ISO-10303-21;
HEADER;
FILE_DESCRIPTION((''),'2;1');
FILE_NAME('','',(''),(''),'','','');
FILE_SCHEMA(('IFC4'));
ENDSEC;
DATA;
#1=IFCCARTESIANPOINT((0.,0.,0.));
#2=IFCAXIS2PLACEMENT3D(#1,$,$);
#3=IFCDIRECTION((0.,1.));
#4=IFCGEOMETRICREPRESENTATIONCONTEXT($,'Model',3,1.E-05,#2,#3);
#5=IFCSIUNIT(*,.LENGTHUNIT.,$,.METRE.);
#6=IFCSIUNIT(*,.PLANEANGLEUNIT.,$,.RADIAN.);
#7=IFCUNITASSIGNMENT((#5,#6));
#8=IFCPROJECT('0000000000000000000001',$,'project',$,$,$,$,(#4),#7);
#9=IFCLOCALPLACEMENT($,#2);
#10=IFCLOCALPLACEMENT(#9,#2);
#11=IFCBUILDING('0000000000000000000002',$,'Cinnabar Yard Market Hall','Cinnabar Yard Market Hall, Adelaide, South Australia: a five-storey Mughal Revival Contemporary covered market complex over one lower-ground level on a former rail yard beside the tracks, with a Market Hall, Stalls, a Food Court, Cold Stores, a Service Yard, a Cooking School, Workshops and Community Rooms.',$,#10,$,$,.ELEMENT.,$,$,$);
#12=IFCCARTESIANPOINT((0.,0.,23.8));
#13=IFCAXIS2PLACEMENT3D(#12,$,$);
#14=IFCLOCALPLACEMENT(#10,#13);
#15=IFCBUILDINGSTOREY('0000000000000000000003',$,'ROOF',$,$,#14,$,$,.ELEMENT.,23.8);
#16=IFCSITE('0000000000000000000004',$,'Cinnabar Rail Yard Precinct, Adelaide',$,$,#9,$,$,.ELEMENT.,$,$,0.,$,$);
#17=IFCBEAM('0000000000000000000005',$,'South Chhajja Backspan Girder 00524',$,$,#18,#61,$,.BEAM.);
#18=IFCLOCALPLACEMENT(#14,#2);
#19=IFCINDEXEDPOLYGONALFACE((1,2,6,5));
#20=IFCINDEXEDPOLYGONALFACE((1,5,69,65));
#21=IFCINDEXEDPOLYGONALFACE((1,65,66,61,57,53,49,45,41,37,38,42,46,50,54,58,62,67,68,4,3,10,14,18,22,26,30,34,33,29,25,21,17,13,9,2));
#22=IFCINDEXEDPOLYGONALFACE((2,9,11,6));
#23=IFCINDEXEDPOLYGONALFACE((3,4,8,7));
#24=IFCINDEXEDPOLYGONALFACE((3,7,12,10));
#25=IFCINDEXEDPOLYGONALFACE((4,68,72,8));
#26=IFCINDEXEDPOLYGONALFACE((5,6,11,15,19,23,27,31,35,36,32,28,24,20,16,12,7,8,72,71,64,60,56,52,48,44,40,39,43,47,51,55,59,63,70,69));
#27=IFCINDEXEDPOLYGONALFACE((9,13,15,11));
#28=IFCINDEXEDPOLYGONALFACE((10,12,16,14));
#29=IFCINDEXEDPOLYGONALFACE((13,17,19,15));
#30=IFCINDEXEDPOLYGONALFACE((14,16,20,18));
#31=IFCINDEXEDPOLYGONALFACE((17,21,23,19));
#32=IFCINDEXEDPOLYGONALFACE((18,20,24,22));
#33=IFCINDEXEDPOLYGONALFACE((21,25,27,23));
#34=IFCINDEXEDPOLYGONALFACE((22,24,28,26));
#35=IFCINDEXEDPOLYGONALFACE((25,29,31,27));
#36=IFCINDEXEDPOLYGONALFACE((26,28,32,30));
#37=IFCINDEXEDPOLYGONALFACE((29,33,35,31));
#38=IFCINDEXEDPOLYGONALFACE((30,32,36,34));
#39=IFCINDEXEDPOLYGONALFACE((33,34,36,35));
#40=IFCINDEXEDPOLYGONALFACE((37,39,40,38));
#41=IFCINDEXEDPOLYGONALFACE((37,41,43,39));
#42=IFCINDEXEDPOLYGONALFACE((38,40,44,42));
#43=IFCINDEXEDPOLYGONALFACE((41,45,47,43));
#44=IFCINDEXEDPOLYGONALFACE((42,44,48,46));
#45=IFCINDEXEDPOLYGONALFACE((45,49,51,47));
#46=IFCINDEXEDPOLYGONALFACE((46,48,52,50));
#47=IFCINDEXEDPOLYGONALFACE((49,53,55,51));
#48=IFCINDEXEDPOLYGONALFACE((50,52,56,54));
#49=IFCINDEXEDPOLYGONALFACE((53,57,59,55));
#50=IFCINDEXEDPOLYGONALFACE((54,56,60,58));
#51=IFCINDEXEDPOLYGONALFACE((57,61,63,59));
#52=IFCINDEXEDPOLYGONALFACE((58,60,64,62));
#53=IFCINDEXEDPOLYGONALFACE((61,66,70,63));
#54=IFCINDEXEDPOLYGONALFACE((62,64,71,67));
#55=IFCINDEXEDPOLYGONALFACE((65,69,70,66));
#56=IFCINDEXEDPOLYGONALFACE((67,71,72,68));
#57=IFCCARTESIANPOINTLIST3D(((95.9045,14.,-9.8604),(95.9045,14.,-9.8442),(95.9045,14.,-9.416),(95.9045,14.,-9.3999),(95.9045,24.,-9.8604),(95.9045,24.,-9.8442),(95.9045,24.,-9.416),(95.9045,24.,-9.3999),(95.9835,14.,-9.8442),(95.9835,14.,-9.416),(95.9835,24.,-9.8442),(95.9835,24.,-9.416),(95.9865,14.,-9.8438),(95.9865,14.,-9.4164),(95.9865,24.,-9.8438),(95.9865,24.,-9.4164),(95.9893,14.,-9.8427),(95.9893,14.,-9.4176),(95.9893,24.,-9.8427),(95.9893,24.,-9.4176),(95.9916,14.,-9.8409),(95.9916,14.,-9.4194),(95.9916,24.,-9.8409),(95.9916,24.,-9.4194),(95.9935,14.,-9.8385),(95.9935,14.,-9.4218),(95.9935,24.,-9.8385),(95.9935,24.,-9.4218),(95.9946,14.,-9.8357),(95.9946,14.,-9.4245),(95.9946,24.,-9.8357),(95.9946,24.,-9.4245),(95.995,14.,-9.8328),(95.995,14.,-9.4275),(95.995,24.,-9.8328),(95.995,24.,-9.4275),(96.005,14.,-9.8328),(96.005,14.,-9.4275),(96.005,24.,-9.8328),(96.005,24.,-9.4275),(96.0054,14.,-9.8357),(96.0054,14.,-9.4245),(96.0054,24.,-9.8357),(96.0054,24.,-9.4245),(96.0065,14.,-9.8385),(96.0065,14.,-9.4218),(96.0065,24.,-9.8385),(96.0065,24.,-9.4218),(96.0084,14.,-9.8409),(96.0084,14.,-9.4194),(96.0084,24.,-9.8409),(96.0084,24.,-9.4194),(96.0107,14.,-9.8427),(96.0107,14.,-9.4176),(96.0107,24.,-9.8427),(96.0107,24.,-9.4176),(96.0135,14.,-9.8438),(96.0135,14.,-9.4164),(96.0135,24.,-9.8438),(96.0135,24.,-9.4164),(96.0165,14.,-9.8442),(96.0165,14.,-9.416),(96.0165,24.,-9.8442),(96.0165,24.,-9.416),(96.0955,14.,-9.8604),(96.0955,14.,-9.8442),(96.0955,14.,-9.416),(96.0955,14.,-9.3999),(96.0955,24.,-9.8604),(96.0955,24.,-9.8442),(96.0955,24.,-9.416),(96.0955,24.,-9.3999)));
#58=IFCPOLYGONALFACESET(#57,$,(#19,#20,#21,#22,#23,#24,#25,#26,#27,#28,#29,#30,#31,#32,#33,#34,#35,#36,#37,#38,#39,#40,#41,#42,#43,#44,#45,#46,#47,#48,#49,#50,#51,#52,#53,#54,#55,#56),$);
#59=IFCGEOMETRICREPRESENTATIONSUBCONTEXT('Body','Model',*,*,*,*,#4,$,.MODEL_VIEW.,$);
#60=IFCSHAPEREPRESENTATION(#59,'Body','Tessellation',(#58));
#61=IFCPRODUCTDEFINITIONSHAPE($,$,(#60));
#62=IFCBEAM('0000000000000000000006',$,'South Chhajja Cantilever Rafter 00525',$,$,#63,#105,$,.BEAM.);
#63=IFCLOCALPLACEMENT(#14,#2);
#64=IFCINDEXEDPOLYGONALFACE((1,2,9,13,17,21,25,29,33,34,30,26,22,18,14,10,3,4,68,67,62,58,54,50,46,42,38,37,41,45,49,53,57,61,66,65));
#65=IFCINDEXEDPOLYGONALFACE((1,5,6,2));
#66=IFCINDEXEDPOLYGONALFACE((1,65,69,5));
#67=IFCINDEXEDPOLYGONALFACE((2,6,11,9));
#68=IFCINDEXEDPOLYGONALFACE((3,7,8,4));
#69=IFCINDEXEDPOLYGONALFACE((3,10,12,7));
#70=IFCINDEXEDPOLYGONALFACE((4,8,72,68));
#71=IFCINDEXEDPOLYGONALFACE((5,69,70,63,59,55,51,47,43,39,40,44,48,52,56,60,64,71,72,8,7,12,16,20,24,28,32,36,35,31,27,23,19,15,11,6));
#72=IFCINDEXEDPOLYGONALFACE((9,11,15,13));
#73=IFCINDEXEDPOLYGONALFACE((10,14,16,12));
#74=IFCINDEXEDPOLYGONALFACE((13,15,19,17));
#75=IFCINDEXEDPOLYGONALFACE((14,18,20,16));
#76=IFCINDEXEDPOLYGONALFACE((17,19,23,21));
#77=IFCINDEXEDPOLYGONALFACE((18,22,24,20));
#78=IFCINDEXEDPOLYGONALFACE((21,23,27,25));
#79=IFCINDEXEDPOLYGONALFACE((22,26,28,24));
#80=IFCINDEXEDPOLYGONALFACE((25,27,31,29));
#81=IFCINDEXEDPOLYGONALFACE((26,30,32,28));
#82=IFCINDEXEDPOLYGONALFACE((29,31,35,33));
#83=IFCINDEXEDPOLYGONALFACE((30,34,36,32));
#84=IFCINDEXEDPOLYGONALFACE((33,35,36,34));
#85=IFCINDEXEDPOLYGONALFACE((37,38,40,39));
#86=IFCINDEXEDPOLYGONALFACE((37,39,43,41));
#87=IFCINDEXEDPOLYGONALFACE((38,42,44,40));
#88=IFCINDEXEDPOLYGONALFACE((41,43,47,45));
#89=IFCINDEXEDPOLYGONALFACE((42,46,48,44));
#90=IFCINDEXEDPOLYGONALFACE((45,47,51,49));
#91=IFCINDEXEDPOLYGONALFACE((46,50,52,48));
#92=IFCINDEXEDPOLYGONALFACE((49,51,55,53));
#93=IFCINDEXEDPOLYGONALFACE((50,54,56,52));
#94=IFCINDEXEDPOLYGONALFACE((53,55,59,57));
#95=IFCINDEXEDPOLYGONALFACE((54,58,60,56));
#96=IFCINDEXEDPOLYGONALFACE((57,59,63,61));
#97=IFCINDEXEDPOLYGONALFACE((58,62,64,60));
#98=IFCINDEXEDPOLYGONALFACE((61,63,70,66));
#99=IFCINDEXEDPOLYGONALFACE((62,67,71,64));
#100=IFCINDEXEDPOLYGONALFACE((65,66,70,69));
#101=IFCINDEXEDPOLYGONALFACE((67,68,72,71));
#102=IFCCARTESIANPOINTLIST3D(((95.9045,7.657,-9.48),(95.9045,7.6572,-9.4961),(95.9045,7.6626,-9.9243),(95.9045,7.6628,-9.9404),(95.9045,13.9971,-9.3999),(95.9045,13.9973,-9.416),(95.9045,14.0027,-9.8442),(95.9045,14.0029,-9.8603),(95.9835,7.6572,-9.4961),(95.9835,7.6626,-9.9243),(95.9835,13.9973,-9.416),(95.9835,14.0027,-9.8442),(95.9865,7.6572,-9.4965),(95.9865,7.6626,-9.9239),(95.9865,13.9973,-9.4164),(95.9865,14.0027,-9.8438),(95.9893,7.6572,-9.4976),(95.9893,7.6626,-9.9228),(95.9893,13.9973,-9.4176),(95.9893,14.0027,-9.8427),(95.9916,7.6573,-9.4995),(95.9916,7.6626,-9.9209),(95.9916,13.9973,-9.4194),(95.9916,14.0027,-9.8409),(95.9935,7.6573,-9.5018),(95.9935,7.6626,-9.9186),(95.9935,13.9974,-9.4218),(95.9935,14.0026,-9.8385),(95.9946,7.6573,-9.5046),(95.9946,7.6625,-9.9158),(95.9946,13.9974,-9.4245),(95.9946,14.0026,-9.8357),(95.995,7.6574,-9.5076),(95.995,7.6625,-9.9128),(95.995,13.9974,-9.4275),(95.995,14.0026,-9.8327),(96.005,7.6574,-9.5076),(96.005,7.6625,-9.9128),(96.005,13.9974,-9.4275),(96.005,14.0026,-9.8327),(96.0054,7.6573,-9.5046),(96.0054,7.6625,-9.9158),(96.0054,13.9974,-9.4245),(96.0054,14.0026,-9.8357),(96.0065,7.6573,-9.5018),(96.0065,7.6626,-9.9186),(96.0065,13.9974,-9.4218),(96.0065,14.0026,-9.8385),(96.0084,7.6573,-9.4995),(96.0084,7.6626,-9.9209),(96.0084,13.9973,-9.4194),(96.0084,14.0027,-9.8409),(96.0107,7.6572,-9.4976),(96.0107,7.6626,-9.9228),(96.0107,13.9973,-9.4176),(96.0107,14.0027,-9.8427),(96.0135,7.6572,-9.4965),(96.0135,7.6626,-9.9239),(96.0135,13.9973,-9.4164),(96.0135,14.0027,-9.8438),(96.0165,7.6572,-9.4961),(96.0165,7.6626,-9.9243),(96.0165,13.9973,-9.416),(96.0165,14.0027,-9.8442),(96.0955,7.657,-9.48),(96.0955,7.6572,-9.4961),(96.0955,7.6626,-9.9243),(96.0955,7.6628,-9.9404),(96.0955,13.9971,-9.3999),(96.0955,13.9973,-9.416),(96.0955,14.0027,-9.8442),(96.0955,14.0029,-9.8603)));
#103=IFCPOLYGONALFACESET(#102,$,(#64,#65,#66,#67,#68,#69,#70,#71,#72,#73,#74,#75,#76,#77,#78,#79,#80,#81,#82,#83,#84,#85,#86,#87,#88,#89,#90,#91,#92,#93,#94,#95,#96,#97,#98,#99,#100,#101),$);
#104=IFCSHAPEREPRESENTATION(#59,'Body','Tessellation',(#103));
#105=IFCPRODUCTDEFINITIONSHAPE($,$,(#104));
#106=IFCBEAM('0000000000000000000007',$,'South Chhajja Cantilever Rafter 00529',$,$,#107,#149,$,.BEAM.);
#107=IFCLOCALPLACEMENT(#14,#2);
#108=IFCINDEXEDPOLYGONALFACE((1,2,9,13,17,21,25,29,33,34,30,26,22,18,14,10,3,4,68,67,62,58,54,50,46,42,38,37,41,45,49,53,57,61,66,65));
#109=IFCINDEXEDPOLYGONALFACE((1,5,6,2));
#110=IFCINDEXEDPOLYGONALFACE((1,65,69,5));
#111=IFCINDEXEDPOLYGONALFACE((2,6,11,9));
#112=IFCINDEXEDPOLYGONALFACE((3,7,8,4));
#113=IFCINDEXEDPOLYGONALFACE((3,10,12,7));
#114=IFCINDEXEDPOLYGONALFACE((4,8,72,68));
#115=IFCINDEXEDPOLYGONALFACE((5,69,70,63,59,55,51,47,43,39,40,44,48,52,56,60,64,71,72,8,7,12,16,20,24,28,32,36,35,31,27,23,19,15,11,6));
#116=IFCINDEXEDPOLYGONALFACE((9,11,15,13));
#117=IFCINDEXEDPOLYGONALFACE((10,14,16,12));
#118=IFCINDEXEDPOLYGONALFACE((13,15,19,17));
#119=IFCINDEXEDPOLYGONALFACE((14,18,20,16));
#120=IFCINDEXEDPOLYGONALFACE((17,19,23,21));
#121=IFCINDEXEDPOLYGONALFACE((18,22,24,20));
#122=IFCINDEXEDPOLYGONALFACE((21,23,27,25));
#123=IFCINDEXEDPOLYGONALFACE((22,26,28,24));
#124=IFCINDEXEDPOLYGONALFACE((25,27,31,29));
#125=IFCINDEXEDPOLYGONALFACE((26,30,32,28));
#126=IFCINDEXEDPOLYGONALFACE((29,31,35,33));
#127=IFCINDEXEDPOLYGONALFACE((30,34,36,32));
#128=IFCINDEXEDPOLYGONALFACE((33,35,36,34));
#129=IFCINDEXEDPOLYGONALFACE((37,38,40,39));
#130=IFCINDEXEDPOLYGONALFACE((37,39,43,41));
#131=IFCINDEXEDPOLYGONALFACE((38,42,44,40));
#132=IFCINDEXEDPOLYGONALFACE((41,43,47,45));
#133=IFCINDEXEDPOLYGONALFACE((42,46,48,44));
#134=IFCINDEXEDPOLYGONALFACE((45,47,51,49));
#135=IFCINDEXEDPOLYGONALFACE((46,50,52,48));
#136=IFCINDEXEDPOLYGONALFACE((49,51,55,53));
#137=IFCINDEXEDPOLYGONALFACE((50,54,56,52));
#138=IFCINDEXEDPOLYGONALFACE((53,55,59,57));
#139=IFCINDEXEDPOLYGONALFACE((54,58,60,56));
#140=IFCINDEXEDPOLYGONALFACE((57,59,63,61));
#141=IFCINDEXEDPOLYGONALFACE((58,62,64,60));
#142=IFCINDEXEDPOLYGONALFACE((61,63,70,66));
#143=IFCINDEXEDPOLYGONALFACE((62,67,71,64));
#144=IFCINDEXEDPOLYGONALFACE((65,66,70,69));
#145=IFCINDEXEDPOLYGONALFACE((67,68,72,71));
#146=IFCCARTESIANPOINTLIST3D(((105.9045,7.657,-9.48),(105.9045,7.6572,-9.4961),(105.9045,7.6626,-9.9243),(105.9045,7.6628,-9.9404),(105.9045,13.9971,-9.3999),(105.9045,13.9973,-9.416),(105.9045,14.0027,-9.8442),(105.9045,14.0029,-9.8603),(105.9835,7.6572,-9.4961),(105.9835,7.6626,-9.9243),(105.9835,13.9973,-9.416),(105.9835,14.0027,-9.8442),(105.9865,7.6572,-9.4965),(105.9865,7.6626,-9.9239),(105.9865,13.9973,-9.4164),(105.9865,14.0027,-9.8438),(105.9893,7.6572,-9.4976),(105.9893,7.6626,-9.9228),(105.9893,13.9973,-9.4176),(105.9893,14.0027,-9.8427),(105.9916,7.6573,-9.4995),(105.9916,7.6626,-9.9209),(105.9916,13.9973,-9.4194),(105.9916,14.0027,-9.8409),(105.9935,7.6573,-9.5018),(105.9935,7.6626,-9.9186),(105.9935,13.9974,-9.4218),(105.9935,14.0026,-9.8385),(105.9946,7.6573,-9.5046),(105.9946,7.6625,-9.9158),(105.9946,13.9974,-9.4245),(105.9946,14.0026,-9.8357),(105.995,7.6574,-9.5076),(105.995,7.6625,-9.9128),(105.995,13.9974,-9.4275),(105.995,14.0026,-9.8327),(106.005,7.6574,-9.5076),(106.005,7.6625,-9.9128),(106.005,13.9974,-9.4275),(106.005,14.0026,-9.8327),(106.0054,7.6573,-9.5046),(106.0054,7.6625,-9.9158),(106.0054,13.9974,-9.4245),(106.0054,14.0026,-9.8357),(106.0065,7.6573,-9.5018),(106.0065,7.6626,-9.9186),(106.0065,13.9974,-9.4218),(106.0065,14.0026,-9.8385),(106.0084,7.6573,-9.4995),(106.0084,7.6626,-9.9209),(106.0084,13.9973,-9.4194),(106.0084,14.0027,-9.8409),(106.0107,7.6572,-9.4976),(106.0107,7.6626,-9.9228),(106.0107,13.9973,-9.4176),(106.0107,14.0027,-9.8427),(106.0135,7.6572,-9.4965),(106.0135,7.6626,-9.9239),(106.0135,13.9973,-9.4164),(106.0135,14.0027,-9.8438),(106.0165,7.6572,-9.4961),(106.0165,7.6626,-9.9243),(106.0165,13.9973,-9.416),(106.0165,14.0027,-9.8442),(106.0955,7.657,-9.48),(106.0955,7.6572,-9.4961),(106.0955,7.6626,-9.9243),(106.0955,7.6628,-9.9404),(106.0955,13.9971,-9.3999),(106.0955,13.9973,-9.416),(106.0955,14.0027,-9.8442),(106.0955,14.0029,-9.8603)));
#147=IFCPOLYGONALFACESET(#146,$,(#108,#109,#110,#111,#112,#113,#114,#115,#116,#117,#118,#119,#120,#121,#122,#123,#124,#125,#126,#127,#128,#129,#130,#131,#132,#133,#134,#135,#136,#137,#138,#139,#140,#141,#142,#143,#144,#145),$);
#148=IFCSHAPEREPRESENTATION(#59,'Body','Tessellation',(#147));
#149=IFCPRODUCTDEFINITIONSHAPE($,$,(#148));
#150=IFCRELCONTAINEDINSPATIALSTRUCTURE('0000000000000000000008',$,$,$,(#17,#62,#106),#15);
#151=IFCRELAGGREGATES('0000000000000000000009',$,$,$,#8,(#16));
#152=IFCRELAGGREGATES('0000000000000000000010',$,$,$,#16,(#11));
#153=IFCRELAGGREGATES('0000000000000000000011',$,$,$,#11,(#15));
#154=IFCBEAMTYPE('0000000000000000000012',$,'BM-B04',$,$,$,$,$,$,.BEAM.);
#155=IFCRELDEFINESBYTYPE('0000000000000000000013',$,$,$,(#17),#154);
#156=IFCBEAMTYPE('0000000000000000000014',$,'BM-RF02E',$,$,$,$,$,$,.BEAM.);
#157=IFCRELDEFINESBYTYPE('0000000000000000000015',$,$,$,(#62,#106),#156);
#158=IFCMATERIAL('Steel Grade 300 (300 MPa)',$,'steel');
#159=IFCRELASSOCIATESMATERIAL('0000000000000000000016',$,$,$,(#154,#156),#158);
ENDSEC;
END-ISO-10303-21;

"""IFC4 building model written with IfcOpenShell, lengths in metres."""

from ifc_helpers import new_model, si_unit, direction, frame, origin, origin_2d_with_axis, place, context, subcontext, project, spatial, i_section, extrude, material, material_profile, profile_set, type_object, element, save


model = new_model("IFC4")

# Units and contexts
model_context = context("Model", 3, precision=1e-05, world=origin(), true_north=direction((0.0, 1.0)))
body_context = subcontext(model_context, "Body", "Model", "MODEL_VIEW")
ifc_project = project(units=[si_unit("LENGTHUNIT", "METRE"), si_unit("PLANEANGLEUNIT", "RADIAN")], contexts=[model_context])

# Site, building, storey
site_placement = place(None, origin())
site = spatial("IfcSite", under=ifc_project, at=site_placement, Name="Cinnabar Rail Yard Precinct, Adelaide", CompositionType="ELEMENT", RefElevation=0.0)
building_placement = place(site_placement, origin())
building = spatial("IfcBuilding", under=site, at=building_placement, Name="Cinnabar Yard Market Hall", Description="Cinnabar Yard Market Hall, Adelaide, South Australia: a five-storey Mughal Revival Contemporary covered market complex over one lower-ground level on a former rail yard beside the tracks, with a Market Hall, Stalls, a Food Court, Cold Stores, a Service Yard, a Cooking School, Workshops and Community Rooms.", CompositionType="ELEMENT")
storey_placement = place(building_placement, frame((0.0, 0.0, 23.8)))
storey = spatial("IfcBuildingStorey", under=building, at=storey_placement, Name="ROOF", CompositionType="ELEMENT", Elevation=23.8)

# Beams
ifc_material_1 = material(Name="Steel Grade 300 (300 MPa)", Category="steel")
ifc_material_profile_1 = material_profile(ifc_material_1, i_section(OverallWidth=0.1909, OverallDepth=0.4604, WebThickness=0.01, FlangeThickness=0.0161, FilletRadius=0.0115, at=origin_2d_with_axis()), Name="460UB82.1")
ifc_profile_set_1 = profile_set([ifc_material_profile_1], Name="Steel Grade 300 (300 MPa)")
beam_type_1 = type_object("IfcBeamType", Name="BM-B04", PredefinedType="BEAM", material=ifc_profile_set_1)
beam_placement = place(storey_placement, frame((96.0, 24.0, -9.6301), z_axis=(0.0, -1.0, 0.0), x_axis=(1.0, 0.0, 0.0)))
element("IfcBeam", 1, at=beam_placement, inside=storey, type_object=beam_type_1, Name="South Chhajja Backspan Girder 00524", PredefinedType="BEAM", context=body_context, shape_type="SweptSolid", body=[
    extrude(i_section(OverallWidth=0.1909, OverallDepth=0.4604, WebThickness=0.01, FlangeThickness=0.0161, FilletRadius=0.0115, at=origin_2d_with_axis()), origin(), (0.0, 0.0, 1.0), 10.0),
])
ifc_material_profile_2 = material_profile(ifc_material_1, i_section(OverallWidth=0.1909, OverallDepth=0.4604, WebThickness=0.01, FlangeThickness=0.0161, FilletRadius=0.0115, at=origin_2d_with_axis()), Name="460UB82.1")
ifc_profile_set_2 = profile_set([ifc_material_profile_2], Name="Steel Grade 300 (300 MPa)")
beam_type_2 = type_object("IfcBeamType", Name="BM-RF02E", PredefinedType="BEAM", material=ifc_profile_set_2)
for number, where, z_axis, x_axis, name in (
    (2, (96.0, 14.0, -9.6301), (0.0, -0.99992, -0.012629), (1.0, 0.0, 0.0), "South Chhajja Cantilever Rafter 00525"),
    (3, (106.0, 14.0, -9.6301), (0.0, -0.99992, -0.012629), (1.0, 0.0, 0.0), "South Chhajja Cantilever Rafter 00529"),
):
    element("IfcBeam", number, at=place(storey_placement, frame(where, z_axis=z_axis, x_axis=x_axis)), inside=storey, type_object=beam_type_2, Name=name, PredefinedType="BEAM", context=body_context, shape_type="SweptSolid", body=[
        extrude(i_section(OverallWidth=0.1909, OverallDepth=0.4604, WebThickness=0.01, FlangeThickness=0.0161, FilletRadius=0.0115, at=origin_2d_with_axis()), origin(), (0.0, 0.0, 1.0), 6.3406),
    ])

save(model, "model.ifc")
